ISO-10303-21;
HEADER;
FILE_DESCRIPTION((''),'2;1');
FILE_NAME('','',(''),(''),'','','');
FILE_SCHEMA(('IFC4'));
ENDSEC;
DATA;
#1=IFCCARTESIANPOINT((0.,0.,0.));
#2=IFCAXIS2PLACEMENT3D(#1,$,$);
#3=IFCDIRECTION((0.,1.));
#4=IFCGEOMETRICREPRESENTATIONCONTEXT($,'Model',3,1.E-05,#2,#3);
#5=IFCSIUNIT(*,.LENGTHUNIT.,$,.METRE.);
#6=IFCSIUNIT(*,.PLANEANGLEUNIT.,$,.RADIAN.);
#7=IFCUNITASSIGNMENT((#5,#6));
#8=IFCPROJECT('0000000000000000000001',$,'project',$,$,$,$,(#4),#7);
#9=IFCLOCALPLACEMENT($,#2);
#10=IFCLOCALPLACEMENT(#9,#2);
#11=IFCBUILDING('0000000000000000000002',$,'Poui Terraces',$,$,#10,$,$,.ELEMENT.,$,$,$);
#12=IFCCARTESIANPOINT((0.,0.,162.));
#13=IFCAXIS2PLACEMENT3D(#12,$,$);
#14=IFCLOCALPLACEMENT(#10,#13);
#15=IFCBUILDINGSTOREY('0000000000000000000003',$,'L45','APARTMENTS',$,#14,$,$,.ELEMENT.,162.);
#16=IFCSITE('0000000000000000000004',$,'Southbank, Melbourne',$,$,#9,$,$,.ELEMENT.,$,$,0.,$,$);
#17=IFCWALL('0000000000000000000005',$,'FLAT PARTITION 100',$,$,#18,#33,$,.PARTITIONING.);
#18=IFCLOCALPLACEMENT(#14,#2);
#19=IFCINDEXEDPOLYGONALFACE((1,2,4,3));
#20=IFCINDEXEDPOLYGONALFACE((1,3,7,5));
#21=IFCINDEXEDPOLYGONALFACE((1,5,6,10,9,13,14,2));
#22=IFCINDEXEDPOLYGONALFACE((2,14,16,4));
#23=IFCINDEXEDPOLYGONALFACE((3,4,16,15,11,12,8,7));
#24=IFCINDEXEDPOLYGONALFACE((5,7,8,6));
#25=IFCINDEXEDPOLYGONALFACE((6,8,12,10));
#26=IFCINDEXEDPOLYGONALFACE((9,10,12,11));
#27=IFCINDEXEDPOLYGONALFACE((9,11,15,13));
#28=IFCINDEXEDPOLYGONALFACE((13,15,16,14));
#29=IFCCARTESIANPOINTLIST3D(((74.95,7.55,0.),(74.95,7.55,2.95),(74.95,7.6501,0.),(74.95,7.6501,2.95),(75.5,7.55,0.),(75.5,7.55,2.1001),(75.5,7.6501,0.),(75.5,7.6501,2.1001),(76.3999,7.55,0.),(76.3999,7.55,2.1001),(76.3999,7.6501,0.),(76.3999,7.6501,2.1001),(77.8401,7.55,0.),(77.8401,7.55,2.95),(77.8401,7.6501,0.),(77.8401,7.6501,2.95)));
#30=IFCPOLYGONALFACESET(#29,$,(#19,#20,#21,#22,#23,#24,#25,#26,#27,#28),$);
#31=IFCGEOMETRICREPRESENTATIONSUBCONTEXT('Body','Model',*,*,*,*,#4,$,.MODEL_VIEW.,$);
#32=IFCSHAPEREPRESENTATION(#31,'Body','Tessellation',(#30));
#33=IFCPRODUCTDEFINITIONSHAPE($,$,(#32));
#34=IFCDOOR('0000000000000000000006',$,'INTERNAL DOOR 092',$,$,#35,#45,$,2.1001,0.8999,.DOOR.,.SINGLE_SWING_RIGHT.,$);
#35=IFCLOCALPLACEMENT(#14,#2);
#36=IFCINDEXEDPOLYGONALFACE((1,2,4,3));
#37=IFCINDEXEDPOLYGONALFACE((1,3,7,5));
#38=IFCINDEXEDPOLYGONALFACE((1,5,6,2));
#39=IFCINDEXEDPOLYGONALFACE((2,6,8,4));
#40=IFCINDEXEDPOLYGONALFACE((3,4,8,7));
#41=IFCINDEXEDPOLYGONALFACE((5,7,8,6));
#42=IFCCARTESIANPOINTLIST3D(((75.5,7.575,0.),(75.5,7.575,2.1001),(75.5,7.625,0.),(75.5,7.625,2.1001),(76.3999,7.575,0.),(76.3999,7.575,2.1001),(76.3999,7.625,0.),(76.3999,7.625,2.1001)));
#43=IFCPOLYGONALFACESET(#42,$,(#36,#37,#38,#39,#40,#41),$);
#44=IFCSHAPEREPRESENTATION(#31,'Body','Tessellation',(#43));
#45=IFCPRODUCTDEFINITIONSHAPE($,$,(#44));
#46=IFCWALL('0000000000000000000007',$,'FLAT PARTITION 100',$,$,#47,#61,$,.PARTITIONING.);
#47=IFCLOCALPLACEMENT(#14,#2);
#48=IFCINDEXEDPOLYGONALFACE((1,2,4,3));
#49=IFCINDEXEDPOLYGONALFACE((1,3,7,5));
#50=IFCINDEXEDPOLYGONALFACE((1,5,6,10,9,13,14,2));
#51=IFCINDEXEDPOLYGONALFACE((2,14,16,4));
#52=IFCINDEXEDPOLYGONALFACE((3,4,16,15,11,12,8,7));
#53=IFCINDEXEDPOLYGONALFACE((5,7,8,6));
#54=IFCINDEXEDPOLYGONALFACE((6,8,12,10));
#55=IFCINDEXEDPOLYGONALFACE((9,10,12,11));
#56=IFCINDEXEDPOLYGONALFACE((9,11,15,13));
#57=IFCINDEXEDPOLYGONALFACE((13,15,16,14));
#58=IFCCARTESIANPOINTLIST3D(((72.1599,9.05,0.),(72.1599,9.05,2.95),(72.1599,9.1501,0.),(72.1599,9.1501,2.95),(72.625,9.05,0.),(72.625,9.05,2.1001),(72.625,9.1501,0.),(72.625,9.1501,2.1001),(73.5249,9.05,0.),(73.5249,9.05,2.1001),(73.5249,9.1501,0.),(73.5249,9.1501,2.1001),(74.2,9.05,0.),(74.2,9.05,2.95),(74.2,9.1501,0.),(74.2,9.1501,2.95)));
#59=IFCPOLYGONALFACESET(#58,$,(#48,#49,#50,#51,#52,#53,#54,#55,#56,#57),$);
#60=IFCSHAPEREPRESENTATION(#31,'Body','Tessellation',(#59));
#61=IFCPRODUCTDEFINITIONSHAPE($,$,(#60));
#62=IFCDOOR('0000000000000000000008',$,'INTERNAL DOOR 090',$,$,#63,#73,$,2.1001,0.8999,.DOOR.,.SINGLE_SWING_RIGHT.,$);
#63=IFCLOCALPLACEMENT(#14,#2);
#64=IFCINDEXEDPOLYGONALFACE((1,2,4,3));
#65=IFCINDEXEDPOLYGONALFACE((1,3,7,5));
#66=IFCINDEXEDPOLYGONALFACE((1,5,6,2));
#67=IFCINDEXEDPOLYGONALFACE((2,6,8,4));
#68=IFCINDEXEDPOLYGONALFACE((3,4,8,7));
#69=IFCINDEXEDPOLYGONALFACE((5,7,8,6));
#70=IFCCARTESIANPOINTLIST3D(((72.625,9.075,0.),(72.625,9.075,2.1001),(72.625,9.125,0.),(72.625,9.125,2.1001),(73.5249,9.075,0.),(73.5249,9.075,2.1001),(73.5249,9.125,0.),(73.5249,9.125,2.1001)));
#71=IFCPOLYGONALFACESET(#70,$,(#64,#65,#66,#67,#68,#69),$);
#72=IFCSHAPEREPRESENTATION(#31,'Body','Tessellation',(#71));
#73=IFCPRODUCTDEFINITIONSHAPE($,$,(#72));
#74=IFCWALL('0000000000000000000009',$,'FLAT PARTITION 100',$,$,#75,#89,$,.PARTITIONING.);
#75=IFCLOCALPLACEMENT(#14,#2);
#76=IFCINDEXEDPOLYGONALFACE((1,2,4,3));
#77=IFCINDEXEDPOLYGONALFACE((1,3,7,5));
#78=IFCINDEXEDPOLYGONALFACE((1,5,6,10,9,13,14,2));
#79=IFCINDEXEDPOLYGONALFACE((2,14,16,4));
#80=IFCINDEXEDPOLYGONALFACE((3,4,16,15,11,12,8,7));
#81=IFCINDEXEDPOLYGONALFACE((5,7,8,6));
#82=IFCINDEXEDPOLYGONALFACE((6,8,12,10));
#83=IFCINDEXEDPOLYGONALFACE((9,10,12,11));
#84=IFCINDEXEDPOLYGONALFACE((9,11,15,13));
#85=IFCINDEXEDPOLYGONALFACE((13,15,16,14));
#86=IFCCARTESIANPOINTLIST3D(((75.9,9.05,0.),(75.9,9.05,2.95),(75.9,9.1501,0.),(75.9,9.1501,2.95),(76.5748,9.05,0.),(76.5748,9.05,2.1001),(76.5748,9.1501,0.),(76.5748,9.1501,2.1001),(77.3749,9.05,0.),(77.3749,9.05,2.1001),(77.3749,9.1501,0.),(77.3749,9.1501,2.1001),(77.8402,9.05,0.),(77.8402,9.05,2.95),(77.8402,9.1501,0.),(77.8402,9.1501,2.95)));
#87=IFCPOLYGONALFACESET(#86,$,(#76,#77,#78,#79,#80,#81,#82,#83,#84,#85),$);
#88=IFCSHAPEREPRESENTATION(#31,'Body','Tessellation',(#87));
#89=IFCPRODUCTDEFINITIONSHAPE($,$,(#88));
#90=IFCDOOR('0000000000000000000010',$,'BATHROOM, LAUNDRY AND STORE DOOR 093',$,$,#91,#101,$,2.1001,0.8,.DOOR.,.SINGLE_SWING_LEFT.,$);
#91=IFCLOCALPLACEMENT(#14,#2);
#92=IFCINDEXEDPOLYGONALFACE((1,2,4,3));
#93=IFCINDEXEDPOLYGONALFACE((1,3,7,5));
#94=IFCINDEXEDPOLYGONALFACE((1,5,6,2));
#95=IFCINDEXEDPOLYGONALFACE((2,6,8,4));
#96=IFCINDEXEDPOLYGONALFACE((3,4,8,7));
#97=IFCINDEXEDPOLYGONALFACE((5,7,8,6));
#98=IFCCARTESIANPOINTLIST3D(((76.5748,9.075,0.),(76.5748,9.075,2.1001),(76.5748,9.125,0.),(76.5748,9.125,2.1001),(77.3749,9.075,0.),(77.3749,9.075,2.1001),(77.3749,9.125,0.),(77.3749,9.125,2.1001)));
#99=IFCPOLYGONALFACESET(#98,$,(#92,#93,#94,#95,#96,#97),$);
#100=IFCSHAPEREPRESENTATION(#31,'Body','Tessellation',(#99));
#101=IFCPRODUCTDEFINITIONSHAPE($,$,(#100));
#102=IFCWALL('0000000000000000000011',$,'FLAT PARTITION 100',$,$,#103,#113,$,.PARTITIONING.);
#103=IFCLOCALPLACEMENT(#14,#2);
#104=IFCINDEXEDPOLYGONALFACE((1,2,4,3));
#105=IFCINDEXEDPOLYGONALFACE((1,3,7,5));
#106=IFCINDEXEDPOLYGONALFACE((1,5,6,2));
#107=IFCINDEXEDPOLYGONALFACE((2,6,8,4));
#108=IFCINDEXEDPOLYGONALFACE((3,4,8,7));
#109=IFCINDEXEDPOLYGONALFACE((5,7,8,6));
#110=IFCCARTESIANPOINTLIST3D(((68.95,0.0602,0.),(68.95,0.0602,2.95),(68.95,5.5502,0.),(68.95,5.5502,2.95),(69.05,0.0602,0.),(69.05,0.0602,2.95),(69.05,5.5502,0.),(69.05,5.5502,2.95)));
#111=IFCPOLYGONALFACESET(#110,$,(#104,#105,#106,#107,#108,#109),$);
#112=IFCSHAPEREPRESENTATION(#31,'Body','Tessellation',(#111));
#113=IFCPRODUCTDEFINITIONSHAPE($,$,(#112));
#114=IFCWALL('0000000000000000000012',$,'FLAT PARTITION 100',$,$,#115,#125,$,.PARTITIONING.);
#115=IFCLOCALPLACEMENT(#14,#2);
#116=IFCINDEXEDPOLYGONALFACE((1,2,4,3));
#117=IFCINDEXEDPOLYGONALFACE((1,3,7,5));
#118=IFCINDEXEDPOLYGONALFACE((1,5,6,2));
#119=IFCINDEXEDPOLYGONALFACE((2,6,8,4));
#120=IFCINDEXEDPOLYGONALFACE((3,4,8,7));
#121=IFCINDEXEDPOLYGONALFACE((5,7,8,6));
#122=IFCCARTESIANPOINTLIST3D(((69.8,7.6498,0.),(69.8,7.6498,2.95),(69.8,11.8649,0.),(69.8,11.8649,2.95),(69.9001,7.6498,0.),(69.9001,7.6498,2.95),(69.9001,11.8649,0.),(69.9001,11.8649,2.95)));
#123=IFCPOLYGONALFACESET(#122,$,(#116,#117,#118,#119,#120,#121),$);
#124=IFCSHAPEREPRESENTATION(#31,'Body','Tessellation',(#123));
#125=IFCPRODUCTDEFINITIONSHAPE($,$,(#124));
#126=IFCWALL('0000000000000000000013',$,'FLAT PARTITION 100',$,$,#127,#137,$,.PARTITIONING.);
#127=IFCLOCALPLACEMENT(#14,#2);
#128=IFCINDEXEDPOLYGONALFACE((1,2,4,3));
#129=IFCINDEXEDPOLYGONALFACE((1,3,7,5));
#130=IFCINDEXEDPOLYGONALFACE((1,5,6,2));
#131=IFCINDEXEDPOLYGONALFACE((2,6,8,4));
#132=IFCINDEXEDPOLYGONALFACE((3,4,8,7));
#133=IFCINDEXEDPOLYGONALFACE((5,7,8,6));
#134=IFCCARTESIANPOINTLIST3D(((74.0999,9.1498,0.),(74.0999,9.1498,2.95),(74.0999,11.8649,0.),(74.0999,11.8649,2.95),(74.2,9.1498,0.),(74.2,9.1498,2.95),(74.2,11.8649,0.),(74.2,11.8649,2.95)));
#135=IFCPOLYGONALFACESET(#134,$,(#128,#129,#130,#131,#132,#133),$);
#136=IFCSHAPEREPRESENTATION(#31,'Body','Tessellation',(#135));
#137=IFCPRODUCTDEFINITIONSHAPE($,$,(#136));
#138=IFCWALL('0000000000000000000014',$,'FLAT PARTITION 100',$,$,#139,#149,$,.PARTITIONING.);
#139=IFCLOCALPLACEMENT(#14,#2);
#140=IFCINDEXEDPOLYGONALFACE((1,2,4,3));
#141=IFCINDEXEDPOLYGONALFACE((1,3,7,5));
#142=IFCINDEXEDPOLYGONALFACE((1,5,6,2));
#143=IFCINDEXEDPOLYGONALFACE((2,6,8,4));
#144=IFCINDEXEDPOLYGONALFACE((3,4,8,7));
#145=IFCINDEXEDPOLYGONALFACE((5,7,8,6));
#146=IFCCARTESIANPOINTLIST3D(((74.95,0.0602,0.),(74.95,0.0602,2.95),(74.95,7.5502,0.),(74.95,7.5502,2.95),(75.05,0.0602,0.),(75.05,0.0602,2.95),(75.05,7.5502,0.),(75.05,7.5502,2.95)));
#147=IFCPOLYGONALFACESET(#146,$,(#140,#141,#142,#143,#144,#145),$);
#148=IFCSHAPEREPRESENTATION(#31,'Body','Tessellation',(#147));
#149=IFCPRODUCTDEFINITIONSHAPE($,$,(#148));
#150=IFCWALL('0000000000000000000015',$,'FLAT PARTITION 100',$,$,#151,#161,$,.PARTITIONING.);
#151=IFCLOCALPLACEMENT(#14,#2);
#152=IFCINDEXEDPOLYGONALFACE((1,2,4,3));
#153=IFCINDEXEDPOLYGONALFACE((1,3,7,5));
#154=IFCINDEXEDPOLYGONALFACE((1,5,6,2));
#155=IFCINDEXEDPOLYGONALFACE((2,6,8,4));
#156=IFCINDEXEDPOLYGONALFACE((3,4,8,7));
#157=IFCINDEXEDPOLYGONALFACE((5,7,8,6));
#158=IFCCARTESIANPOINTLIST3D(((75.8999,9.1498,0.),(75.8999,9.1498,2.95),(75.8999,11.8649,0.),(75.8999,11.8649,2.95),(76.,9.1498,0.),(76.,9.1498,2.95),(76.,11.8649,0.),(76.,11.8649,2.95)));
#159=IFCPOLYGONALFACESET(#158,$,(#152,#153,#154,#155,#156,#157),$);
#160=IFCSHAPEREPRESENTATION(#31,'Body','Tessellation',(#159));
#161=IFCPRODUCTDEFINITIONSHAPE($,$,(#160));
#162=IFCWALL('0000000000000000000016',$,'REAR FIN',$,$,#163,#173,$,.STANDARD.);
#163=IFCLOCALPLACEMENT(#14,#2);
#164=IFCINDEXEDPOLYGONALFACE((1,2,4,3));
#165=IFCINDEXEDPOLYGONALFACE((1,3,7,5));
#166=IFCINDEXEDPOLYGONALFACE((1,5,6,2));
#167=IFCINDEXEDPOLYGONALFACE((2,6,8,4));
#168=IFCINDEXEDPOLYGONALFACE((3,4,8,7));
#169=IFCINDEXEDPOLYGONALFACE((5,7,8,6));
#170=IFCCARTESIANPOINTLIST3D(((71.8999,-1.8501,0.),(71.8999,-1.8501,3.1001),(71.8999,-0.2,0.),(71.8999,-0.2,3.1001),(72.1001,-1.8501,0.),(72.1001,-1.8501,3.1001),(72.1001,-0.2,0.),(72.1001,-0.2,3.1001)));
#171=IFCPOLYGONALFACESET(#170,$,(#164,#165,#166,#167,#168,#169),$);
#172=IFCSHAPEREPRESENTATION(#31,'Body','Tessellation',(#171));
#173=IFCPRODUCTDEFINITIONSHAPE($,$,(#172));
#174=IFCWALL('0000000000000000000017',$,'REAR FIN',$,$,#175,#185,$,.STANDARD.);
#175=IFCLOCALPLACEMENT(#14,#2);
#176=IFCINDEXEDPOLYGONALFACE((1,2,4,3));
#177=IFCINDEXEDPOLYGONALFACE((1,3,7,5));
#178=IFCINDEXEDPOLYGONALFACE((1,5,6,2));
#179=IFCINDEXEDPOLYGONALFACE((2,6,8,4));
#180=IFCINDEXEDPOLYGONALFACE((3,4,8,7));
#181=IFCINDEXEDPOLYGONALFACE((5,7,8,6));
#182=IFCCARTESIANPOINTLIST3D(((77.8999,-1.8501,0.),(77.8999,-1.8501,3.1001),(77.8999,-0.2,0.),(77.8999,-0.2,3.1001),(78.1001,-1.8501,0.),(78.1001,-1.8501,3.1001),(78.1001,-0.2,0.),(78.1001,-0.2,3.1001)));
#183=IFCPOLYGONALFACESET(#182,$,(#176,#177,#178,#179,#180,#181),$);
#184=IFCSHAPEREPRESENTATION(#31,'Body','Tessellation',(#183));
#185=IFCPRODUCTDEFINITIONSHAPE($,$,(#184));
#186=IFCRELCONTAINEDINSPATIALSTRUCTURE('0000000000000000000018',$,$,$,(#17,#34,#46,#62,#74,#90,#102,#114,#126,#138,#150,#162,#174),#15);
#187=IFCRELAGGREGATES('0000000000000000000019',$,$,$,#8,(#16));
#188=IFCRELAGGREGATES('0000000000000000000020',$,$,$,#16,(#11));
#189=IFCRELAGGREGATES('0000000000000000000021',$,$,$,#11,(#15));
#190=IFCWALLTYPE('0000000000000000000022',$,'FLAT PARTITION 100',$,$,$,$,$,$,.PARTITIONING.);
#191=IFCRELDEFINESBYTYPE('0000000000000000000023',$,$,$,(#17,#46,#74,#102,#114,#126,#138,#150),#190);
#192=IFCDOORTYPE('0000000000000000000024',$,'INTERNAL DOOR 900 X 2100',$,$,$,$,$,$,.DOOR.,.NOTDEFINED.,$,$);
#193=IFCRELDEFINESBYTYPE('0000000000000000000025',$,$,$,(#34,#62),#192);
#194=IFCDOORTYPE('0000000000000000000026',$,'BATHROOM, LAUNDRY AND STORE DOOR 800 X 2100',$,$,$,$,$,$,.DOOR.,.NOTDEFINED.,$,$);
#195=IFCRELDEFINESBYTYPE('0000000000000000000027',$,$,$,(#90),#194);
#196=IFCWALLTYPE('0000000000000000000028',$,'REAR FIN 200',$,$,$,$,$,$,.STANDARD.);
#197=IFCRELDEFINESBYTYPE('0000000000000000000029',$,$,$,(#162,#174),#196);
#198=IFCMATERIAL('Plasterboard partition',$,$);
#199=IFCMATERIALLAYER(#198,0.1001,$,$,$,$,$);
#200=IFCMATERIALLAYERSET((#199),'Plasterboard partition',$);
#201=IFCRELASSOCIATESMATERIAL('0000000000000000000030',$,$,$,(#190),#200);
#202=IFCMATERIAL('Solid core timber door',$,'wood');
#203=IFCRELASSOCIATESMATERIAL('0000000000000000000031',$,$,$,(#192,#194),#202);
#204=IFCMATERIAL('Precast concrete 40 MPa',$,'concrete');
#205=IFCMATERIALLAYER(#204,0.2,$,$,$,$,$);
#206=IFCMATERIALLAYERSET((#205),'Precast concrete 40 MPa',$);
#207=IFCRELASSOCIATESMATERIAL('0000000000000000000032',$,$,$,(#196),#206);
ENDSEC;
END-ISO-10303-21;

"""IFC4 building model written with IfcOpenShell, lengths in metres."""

from ifc_helpers import new_model, si_unit, direction, frame, frame_2d, origin, place, context, subcontext, project, spatial, polyline, rectangle, outline, extrude, source, transform, mapped, material, layer, layer_set, type_object, element, fill, save


model = new_model("IFC4")

# Units and contexts
model_context = context("Model", 3, precision=1e-05, world=origin(), true_north=direction((0.0, 1.0)))
body_context = subcontext(model_context, "Body", "Model", "MODEL_VIEW")
ifc_project = project(units=[si_unit("LENGTHUNIT", "METRE"), si_unit("PLANEANGLEUNIT", "RADIAN")], contexts=[model_context])

# Site, building, storey
site_placement = place(None, origin())
site = spatial("IfcSite", under=ifc_project, at=site_placement, Name="Southbank, Melbourne", CompositionType="ELEMENT", RefElevation=0.0)
building_placement = place(site_placement, origin())
building = spatial("IfcBuilding", under=site, at=building_placement, Name="Poui Terraces", CompositionType="ELEMENT")
storey_placement = place(building_placement, frame((0.0, 0.0, 162.0)))
storey = spatial("IfcBuildingStorey", under=building, at=storey_placement, Name="L45", Description="APARTMENTS", CompositionType="ELEMENT", Elevation=162.0)

# Shared definitions
ifc_material_1 = material(Name="Precast concrete 40 MPa", Category="concrete")

# Walls, openings, doors
ifc_material_2 = material(Name="Plasterboard partition")
ifc_layer_1 = layer(ifc_material_2, 0.1001)
ifc_layer_set_1 = layer_set([ifc_layer_1], Name="Plasterboard partition")
wall_type_1 = type_object("IfcWallType", Name="FLAT PARTITION 100", PredefinedType="PARTITIONING", material=ifc_layer_set_1)
ifc_material_3 = material(Name="Solid core timber door", Category="wood")
door_type_1 = type_object("IfcDoorType", Name="INTERNAL DOOR 900 X 2100", OperationType="NOTDEFINED", PredefinedType="DOOR", material=ifc_material_3)
wall_1_placement = place(storey_placement, frame((74.95, 7.6001, 0.0), z_axis=(0.0, 0.0, 1.0), x_axis=(1.0, 0.0, 0.0)))
wall_1 = element("IfcWall", 1, at=wall_1_placement, inside=storey, type_object=wall_type_1, Name="FLAT PARTITION 100", PredefinedType="PARTITIONING", context=body_context, shape_type="SweptSolid", body=[
    extrude(rectangle(XDim=2.8901, YDim=0.1001, at=frame_2d((1.4451, 0.0))), origin(), (0.0, 0.0, 1.0), 2.95),
])
opening_1_placement = place(wall_1_placement, frame((0.55, 0.0, 0.0)))
opening_1 = element("IfcOpeningElement", 2, at=opening_1_placement, cuts=wall_1, PredefinedType="OPENING", context=body_context, shape_type="SweptSolid", body=[
    extrude(rectangle(XDim=0.8999, YDim=2.1001, at=frame_2d((0.45, 1.05))), frame((0.0, 0.0601, 0.0), z_axis=(0.0, -1.0, 0.0), x_axis=(1.0, 0.0, 0.0)), (0.0, 0.0, 1.0), 0.1201),
])
door_1_placement = place(opening_1_placement, origin())
door_1 = element("IfcDoor", 3, at=door_1_placement, inside=storey, type_object=door_type_1, Name="INTERNAL DOOR 092", OperationType="SINGLE_SWING_RIGHT", OverallHeight=2.1001, OverallWidth=0.8999, PredefinedType="DOOR", context=body_context, shape_type="SweptSolid", body=[
    extrude(rectangle(XDim=0.8999, YDim=2.1001, at=frame_2d((0.45, 1.05))), frame((0.0, 0.0249, 0.0), z_axis=(0.0, -1.0, 0.0), x_axis=(1.0, 0.0, 0.0)), (0.0, 0.0, 1.0), 0.05),
])
fill(opening_1, door_1)
wall_2_placement = place(storey_placement, frame((72.1599, 9.1001, 0.0), z_axis=(0.0, 0.0, 1.0), x_axis=(1.0, 0.0, 0.0)))
wall_2 = element("IfcWall", 4, at=wall_2_placement, inside=storey, type_object=wall_type_1, Name="FLAT PARTITION 100", PredefinedType="PARTITIONING", context=body_context, shape_type="SweptSolid", body=[
    extrude(rectangle(XDim=2.04, YDim=0.1001, at=frame_2d((1.02, 0.0))), origin(), (0.0, 0.0, 1.0), 2.95),
])
opening_2_placement = place(wall_2_placement, frame((0.4651, 0.0, 0.0)))
opening_2 = element("IfcOpeningElement", 5, at=opening_2_placement, cuts=wall_2, PredefinedType="OPENING", context=body_context, shape_type="SweptSolid", body=[
    extrude(rectangle(XDim=0.8999, YDim=2.1001, at=frame_2d((0.45, 1.05))), frame((0.0, 0.0601, 0.0), z_axis=(0.0, -1.0, 0.0), x_axis=(1.0, 0.0, 0.0)), (0.0, 0.0, 1.0), 0.1201),
])
door_2_placement = place(opening_2_placement, origin())
door_2 = element("IfcDoor", 6, at=door_2_placement, inside=storey, type_object=door_type_1, Name="INTERNAL DOOR 090", OperationType="SINGLE_SWING_RIGHT", OverallHeight=2.1001, OverallWidth=0.8999, PredefinedType="DOOR", context=body_context, shape_type="SweptSolid", body=[
    extrude(rectangle(XDim=0.8999, YDim=2.1001, at=frame_2d((0.45, 1.05))), frame((0.0, 0.0249, 0.0), z_axis=(0.0, -1.0, 0.0), x_axis=(1.0, 0.0, 0.0)), (0.0, 0.0, 1.0), 0.05),
])
fill(opening_2, door_2)
wall_3_placement = place(storey_placement, frame((75.8999, 9.1001, 0.0), z_axis=(0.0, 0.0, 1.0), x_axis=(1.0, 0.0, 0.0)))
wall_3 = element("IfcWall", 7, at=wall_3_placement, inside=storey, type_object=wall_type_1, Name="FLAT PARTITION 100", PredefinedType="PARTITIONING", context=body_context, shape_type="SweptSolid", body=[
    extrude(rectangle(XDim=1.9402, YDim=0.1001, at=frame_2d((0.9702, 0.0))), origin(), (0.0, 0.0, 1.0), 2.95),
])
opening_3_placement = place(wall_3_placement, frame((0.675, 0.0, 0.0)))
opening_3 = element("IfcOpeningElement", 8, at=opening_3_placement, cuts=wall_3, PredefinedType="OPENING", context=body_context, shape_type="SweptSolid", body=[
    extrude(rectangle(XDim=0.8, YDim=2.1001, at=frame_2d((0.3999, 1.05))), frame((0.0, 0.0601, 0.0), z_axis=(0.0, -1.0, 0.0), x_axis=(1.0, 0.0, 0.0)), (0.0, 0.0, 1.0), 0.1201),
])
door_type_2 = type_object("IfcDoorType", Name="BATHROOM, LAUNDRY AND STORE DOOR 800 X 2100", OperationType="NOTDEFINED", PredefinedType="DOOR", material=ifc_material_3)
door_3_placement = place(opening_3_placement, origin())
door_3 = element("IfcDoor", 9, at=door_3_placement, inside=storey, type_object=door_type_2, Name="BATHROOM, LAUNDRY AND STORE DOOR 093", OperationType="SINGLE_SWING_LEFT", OverallHeight=2.1001, OverallWidth=0.8, PredefinedType="DOOR", context=body_context, shape_type="SweptSolid", body=[
    extrude(rectangle(XDim=0.8, YDim=2.1001, at=frame_2d((0.3999, 1.05))), frame((0.0, 0.0249, 0.0), z_axis=(0.0, -1.0, 0.0), x_axis=(1.0, 0.0, 0.0)), (0.0, 0.0, 1.0), 0.05),
])
fill(opening_3, door_3)

# Walls
wall_4_placement = place(storey_placement, frame((69.0, 0.0601, 0.0), z_axis=(0.0, 0.0, 1.0), x_axis=(0.0, 1.0, 0.0)))
element("IfcWall", 10, at=wall_4_placement, inside=storey, type_object=wall_type_1, Name="FLAT PARTITION 100", PredefinedType="PARTITIONING", context=body_context, shape_type="SweptSolid", body=[
    extrude(rectangle(XDim=5.49, YDim=0.1001, at=frame_2d((2.7451, 0.0))), origin(), (0.0, 0.0, 1.0), 2.95),
])
wall_5_placement = place(storey_placement, frame((69.8501, 7.6499, 0.0), z_axis=(0.0, 0.0, 1.0), x_axis=(0.0, 1.0, 0.0)))
element("IfcWall", 11, at=wall_5_placement, inside=storey, type_object=wall_type_1, Name="FLAT PARTITION 100", PredefinedType="PARTITIONING", context=body_context, shape_type="SweptSolid", body=[
    extrude(rectangle(XDim=4.2151, YDim=0.1001, at=frame_2d((2.1074, 0.0))), origin(), (0.0, 0.0, 1.0), 2.95),
])
wall_6_placement = place(storey_placement, frame((74.1499, 9.1499, 0.0), z_axis=(0.0, 0.0, 1.0), x_axis=(0.0, 1.0, 0.0)))
element("IfcWall", 12, at=wall_6_placement, inside=storey, type_object=wall_type_1, Name="FLAT PARTITION 100", PredefinedType="PARTITIONING", context=body_context, shape_type="SweptSolid", body=[
    extrude(rectangle(XDim=2.7151, YDim=0.1001, at=frame_2d((1.3574, 0.0))), origin(), (0.0, 0.0, 1.0), 2.95),
])
wall_7_placement = place(storey_placement, frame((75.0, 0.0601, 0.0), z_axis=(0.0, 0.0, 1.0), x_axis=(0.0, 1.0, 0.0)))
element("IfcWall", 13, at=wall_7_placement, inside=storey, type_object=wall_type_1, Name="FLAT PARTITION 100", PredefinedType="PARTITIONING", context=body_context, shape_type="SweptSolid", body=[
    extrude(rectangle(XDim=7.49, YDim=0.1001, at=frame_2d((3.7451, 0.0))), origin(), (0.0, 0.0, 1.0), 2.95),
])
wall_8_placement = place(storey_placement, frame((75.95, 9.1499, 0.0), z_axis=(0.0, 0.0, 1.0), x_axis=(0.0, 1.0, 0.0)))
element("IfcWall", 14, at=wall_8_placement, inside=storey, type_object=wall_type_1, Name="FLAT PARTITION 100", PredefinedType="PARTITIONING", context=body_context, shape_type="SweptSolid", body=[
    extrude(rectangle(XDim=2.7151, YDim=0.1001, at=frame_2d((1.3574, 0.0))), origin(), (0.0, 0.0, 1.0), 2.95),
])
ifc_layer_2 = layer(ifc_material_1, 0.2)
ifc_layer_set_2 = layer_set([ifc_layer_2], Name="Precast concrete 40 MPa")
wall_type_2 = type_object("IfcWallType", Name="REAR FIN 200", PredefinedType="STANDARD", material=ifc_layer_set_2)
shared_shape_1 = source(origin(), body_context, "Body", "SweptSolid", [
    extrude(outline(polyline([(0.0, 0.0), (0.2002, 0.0), (0.2002, 1.6501), (0.0, 1.6501), (0.0, 0.0)])), origin(), (0.0, 0.0, 1.0), 3.1001),
])
for number, where, name in (
    (15, (71.8999, -1.8501, 0.0), "REAR FIN"),
    (16, (77.8999, -1.8501, 0.0), "REAR FIN"),
):
    element("IfcWall", number, at=place(storey_placement, frame(where)), inside=storey, type_object=wall_type_2, Name=name, PredefinedType="STANDARD", context=body_context, shape_type="MappedRepresentation", body=[
        mapped(shared_shape_1, transform((0.0, 0.0, 0.0))),
    ])

save(model, "model.ifc")
